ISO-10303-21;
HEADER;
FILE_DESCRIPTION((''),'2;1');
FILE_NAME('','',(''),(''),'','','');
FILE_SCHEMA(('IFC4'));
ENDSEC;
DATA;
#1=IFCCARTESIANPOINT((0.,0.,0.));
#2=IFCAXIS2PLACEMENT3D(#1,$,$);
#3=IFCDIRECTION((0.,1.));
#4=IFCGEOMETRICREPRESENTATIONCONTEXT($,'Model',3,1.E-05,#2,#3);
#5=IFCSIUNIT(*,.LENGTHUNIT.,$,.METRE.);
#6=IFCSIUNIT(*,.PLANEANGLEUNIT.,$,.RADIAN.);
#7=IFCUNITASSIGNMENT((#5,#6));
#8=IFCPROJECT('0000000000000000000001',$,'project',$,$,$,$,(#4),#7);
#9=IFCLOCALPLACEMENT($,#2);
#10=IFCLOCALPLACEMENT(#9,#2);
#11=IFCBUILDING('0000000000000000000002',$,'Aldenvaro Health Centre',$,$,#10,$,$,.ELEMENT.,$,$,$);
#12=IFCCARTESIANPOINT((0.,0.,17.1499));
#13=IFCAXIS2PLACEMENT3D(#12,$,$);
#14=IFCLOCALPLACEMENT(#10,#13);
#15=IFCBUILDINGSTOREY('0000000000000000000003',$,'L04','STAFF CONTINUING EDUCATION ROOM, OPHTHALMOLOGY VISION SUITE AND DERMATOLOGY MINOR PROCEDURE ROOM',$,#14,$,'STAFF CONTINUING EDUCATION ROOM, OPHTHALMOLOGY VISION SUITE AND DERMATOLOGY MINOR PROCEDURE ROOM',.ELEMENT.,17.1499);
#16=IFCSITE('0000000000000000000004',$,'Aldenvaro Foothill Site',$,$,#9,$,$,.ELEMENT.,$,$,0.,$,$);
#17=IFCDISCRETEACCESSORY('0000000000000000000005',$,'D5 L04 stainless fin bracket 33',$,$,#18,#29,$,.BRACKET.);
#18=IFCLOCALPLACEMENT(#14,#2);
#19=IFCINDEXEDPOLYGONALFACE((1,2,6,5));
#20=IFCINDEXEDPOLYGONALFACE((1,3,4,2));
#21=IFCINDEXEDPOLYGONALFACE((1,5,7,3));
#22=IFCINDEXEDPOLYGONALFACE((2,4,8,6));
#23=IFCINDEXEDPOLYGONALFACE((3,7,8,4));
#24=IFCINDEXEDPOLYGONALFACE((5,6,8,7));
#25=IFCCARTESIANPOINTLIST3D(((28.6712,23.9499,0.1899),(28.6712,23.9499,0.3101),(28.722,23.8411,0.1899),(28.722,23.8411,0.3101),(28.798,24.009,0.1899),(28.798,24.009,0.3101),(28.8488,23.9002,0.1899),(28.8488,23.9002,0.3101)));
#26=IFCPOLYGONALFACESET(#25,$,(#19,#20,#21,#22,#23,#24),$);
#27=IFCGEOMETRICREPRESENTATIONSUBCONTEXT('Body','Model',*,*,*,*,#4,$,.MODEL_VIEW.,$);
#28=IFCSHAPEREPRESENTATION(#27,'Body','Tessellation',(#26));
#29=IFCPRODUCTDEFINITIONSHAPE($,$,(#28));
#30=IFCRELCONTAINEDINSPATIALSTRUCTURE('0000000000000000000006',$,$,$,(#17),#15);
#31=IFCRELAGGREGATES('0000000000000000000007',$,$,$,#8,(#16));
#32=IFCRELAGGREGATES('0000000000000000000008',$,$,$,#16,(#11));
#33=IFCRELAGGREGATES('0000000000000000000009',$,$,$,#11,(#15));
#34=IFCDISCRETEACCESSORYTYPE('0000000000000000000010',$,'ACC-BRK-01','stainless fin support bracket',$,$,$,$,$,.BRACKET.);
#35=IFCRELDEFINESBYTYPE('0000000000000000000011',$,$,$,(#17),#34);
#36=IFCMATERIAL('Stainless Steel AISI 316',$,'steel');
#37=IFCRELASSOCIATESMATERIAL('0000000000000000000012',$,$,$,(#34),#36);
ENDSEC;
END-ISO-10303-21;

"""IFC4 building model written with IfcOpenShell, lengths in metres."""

from ifc_helpers import new_model, si_unit, direction, frame, origin, origin_2d, place, context, subcontext, project, spatial, rectangle, extrude, material, type_object, element, save


model = new_model("IFC4")

# Units and contexts
model_context = context("Model", 3, precision=1e-05, world=origin(), true_north=direction((0.0, 1.0)))
body_context = subcontext(model_context, "Body", "Model", "MODEL_VIEW")
ifc_project = project(units=[si_unit("LENGTHUNIT", "METRE"), si_unit("PLANEANGLEUNIT", "RADIAN")], contexts=[model_context])

# Site, building, storey
site_placement = place(None, origin())
site = spatial("IfcSite", under=ifc_project, at=site_placement, Name="Aldenvaro Foothill Site", CompositionType="ELEMENT", RefElevation=0.0)
building_placement = place(site_placement, origin())
building = spatial("IfcBuilding", under=site, at=building_placement, Name="Aldenvaro Health Centre", CompositionType="ELEMENT")
storey_placement = place(building_placement, frame((0.0, 0.0, 17.1499)))
storey = spatial("IfcBuildingStorey", under=building, at=storey_placement, Name="L04", Description="STAFF CONTINUING EDUCATION ROOM, OPHTHALMOLOGY VISION SUITE AND DERMATOLOGY MINOR PROCEDURE ROOM", LongName="STAFF CONTINUING EDUCATION ROOM, OPHTHALMOLOGY VISION SUITE AND DERMATOLOGY MINOR PROCEDURE ROOM", CompositionType="ELEMENT", Elevation=17.1499)

# Discrete accessory
ifc_material_1 = material(Name="Stainless Steel AISI 316", Category="steel")
discrete_accessory_type = type_object("IfcDiscreteAccessoryType", Name="ACC-BRK-01", Description="stainless fin support bracket", PredefinedType="BRACKET", material=ifc_material_1)
discrete_accessory_placement = place(storey_placement, frame((28.76, 23.925, 0.1899), z_axis=(0.0, 0.0, 1.0), x_axis=(0.422667, -0.906285, 0.0)))
element("IfcDiscreteAccessory", 1, at=discrete_accessory_placement, inside=storey, type_object=discrete_accessory_type, Name="D5 L04 stainless fin bracket 33", PredefinedType="BRACKET", context=body_context, shape_type="SweptSolid", body=[
    extrude(rectangle(XDim=0.1201, YDim=0.1399, at=origin_2d()), origin(), (0.0, 0.0, 1.0), 0.1201),
])

save(model, "model.ifc")
